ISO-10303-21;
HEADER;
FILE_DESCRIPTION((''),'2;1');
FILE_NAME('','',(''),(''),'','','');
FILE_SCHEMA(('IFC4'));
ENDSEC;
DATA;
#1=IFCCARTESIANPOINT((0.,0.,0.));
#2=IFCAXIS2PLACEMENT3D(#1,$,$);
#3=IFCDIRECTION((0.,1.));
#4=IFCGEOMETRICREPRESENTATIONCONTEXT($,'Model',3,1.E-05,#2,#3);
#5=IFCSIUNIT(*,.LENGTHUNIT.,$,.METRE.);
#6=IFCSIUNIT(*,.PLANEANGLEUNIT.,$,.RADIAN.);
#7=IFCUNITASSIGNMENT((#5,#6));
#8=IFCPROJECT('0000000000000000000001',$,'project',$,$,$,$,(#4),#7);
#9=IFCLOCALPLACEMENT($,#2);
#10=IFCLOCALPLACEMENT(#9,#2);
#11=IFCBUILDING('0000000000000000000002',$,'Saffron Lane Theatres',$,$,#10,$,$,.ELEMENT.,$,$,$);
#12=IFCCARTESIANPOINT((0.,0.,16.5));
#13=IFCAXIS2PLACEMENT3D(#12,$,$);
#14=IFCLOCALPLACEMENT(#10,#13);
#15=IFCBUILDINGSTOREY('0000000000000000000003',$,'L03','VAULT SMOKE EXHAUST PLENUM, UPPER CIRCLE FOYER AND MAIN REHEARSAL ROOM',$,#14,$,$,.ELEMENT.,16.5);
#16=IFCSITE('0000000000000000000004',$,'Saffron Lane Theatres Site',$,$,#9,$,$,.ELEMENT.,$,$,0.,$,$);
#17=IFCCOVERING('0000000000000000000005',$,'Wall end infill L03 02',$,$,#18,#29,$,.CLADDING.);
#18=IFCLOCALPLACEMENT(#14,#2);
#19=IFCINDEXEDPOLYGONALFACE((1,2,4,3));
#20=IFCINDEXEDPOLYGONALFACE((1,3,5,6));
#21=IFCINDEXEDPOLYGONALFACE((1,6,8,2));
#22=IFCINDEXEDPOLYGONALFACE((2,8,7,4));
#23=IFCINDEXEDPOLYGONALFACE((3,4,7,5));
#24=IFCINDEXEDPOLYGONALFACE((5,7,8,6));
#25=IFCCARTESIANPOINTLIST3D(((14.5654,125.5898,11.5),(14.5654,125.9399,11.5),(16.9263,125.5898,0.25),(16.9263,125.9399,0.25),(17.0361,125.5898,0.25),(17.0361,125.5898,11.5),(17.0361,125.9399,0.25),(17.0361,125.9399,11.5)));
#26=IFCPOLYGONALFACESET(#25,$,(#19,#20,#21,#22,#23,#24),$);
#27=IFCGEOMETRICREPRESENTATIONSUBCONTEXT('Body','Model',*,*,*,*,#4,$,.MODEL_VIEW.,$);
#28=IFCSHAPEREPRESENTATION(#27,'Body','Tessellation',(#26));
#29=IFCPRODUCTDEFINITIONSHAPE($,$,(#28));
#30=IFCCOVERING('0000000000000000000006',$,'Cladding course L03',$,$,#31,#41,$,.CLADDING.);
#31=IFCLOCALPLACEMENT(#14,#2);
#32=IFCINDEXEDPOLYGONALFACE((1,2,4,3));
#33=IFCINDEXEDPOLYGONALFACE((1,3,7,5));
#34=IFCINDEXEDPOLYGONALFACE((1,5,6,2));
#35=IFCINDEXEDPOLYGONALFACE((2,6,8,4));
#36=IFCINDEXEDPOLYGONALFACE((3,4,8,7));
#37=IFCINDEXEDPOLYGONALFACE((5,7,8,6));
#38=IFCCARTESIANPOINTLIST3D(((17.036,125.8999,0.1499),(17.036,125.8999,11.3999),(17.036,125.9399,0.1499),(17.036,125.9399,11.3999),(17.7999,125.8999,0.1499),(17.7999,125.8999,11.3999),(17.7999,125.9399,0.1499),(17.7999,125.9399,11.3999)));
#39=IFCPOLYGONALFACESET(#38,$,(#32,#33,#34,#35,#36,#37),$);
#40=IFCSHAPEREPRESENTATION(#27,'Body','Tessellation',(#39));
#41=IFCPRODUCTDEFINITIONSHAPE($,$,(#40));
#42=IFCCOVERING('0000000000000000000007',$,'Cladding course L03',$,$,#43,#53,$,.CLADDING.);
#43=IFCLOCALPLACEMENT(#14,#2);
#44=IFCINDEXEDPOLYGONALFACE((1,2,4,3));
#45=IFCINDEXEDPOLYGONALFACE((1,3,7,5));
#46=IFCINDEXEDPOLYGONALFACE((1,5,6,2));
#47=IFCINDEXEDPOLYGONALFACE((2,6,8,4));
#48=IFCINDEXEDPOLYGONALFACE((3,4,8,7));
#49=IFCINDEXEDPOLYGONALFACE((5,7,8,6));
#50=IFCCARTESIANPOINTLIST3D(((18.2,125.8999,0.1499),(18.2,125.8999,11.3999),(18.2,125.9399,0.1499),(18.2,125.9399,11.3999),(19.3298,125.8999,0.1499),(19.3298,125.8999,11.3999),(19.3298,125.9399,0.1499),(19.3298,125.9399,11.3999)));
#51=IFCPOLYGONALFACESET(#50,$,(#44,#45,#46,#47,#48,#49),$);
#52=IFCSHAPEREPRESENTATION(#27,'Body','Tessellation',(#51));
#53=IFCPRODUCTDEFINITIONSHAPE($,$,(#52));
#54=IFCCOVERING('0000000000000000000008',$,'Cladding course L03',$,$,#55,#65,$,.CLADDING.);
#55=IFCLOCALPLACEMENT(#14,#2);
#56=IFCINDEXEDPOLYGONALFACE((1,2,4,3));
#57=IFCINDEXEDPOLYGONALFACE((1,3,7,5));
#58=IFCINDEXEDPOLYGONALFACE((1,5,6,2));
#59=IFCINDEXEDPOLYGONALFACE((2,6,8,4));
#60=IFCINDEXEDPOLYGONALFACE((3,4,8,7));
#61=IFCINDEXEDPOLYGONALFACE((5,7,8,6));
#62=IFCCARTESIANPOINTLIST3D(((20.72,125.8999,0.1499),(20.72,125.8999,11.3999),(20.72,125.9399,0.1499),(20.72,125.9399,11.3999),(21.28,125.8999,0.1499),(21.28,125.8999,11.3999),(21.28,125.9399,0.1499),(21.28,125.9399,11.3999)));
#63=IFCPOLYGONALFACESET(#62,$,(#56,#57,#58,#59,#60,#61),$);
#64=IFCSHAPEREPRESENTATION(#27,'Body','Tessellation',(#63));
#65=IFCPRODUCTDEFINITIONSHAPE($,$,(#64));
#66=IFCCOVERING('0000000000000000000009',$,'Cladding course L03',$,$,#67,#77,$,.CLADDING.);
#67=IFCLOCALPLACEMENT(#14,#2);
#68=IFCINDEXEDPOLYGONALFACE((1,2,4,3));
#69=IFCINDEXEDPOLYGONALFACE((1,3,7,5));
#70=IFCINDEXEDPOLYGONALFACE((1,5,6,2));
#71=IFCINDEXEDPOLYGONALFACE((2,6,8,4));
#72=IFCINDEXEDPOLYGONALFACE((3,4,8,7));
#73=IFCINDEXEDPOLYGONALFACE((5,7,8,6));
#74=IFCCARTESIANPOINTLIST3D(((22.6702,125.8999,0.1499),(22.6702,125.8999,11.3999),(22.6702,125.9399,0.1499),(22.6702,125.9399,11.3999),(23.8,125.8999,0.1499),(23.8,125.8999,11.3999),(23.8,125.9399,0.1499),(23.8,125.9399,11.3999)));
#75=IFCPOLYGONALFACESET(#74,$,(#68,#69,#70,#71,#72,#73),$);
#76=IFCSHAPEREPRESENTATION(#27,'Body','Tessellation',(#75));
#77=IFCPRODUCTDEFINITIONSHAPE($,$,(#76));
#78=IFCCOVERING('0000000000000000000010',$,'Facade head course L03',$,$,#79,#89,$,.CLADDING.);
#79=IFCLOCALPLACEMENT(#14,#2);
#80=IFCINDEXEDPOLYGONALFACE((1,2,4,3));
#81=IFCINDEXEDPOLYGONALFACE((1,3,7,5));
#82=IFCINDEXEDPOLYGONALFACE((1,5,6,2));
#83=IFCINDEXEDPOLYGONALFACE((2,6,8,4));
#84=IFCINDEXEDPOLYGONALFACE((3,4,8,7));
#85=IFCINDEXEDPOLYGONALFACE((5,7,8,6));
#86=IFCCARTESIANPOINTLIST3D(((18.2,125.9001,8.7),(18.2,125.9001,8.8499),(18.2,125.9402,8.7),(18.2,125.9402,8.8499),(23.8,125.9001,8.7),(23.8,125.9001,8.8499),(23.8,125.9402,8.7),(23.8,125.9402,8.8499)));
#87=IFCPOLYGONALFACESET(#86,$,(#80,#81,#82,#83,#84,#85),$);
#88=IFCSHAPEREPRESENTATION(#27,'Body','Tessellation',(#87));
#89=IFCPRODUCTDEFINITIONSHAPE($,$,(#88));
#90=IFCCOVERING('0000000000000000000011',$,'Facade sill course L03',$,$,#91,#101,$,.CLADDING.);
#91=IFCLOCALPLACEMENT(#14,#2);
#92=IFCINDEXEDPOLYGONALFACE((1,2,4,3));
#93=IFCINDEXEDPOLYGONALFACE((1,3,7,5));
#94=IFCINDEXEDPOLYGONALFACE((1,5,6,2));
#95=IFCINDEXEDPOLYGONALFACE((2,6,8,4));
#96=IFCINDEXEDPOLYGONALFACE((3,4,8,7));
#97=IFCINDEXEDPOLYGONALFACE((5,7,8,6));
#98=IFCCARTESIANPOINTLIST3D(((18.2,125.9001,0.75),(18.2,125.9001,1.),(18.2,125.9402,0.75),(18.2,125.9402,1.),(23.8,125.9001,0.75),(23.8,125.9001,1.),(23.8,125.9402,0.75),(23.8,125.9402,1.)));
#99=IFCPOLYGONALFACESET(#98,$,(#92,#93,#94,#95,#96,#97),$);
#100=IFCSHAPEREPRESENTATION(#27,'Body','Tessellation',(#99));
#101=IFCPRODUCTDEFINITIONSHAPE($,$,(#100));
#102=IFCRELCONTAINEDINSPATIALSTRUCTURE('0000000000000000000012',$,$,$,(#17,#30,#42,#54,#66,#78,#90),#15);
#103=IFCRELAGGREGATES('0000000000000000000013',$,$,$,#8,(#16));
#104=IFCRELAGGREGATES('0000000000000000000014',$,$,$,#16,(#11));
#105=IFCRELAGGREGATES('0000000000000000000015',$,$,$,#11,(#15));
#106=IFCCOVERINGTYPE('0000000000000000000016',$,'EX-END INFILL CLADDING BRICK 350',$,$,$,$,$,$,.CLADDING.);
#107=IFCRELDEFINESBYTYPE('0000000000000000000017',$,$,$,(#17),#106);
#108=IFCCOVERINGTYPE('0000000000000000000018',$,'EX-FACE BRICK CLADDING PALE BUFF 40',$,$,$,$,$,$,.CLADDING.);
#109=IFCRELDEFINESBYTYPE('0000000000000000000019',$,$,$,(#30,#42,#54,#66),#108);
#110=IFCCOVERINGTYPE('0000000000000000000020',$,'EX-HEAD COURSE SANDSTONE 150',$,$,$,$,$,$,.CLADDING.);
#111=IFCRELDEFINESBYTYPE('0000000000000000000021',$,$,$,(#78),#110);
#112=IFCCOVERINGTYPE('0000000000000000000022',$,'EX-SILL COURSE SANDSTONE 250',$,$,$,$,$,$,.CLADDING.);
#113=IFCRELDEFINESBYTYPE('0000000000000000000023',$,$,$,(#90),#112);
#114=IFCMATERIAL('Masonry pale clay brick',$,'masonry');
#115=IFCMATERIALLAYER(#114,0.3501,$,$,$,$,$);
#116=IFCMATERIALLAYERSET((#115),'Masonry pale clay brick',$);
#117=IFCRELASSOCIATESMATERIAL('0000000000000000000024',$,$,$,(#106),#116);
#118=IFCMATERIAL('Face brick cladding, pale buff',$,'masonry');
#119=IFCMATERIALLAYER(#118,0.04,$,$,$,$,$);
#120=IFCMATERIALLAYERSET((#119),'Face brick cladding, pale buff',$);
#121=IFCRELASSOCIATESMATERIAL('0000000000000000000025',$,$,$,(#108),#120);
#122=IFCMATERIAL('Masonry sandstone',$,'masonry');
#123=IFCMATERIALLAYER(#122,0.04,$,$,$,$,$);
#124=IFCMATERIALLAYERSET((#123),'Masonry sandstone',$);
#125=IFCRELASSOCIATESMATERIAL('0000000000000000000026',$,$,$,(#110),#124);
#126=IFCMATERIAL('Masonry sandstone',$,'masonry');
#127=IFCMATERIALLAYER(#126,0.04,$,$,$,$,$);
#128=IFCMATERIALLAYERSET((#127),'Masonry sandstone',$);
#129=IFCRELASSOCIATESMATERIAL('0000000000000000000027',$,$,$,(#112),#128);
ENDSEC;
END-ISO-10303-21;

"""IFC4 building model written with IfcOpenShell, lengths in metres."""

from ifc_helpers import new_model, si_unit, direction, frame, origin, origin_2d, place, context, subcontext, project, spatial, polyline, rectangle, outline, extrude, material, layer, layer_set, type_object, element, save


model = new_model("IFC4")

# Units and contexts
model_context = context("Model", 3, precision=1e-05, world=origin(), true_north=direction((0.0, 1.0)))
body_context = subcontext(model_context, "Body", "Model", "MODEL_VIEW")
ifc_project = project(units=[si_unit("LENGTHUNIT", "METRE"), si_unit("PLANEANGLEUNIT", "RADIAN")], contexts=[model_context])

# Site, building, storey
site_placement = place(None, origin())
site = spatial("IfcSite", under=ifc_project, at=site_placement, Name="Saffron Lane Theatres Site", CompositionType="ELEMENT", RefElevation=0.0)
building_placement = place(site_placement, origin())
building = spatial("IfcBuilding", under=site, at=building_placement, Name="Saffron Lane Theatres", CompositionType="ELEMENT")
storey_placement = place(building_placement, frame((0.0, 0.0, 16.5)))
storey = spatial("IfcBuildingStorey", under=building, at=storey_placement, Name="L03", Description="VAULT SMOKE EXHAUST PLENUM, UPPER CIRCLE FOYER AND MAIN REHEARSAL ROOM", CompositionType="ELEMENT", Elevation=16.5)

# Coverings
ifc_material_1 = material(Name="Masonry pale clay brick", Category="masonry")
ifc_layer_1 = layer(ifc_material_1, 0.3501)
ifc_layer_set_1 = layer_set([ifc_layer_1], Name="Masonry pale clay brick")
covering_type_1 = type_object("IfcCoveringType", Name="EX-END INFILL CLADDING BRICK 350", PredefinedType="CLADDING", material=ifc_layer_set_1)
covering_1_placement = place(storey_placement, frame((17.0361, 125.9399, 11.5), z_axis=(0.0, 1.0, 0.0), x_axis=(0.0, 0.0, -1.0)))
element("IfcCovering", 1, at=covering_1_placement, inside=storey, type_object=covering_type_1, Name="Wall end infill L03 02", PredefinedType="CLADDING", context=body_context, shape_type="SweptSolid", body=[
    extrude(outline(polyline([(0.0, 0.0), (11.25, 0.0), (11.25, 0.1099), (0.0, 2.4707), (0.0, 0.0)])), origin(), (0.0, 0.0, -1.0), 0.3501),
])
ifc_material_2 = material(Name="Face brick cladding, pale buff", Category="masonry")
ifc_layer_2 = layer(ifc_material_2, 0.04)
ifc_layer_set_2 = layer_set([ifc_layer_2], Name="Face brick cladding, pale buff")
covering_type_2 = type_object("IfcCoveringType", Name="EX-FACE BRICK CLADDING PALE BUFF 40", PredefinedType="CLADDING", material=ifc_layer_set_2)
covering_2_placement = place(storey_placement, frame((17.418, 125.9199, 0.1499), z_axis=(0.0, 0.0, 1.0), x_axis=(1.0, 0.0, 0.0)))
element("IfcCovering", 2, at=covering_2_placement, inside=storey, type_object=covering_type_2, Name="Cladding course L03", PredefinedType="CLADDING", context=body_context, shape_type="SweptSolid", body=[
    extrude(rectangle(XDim=0.7639, YDim=0.04, at=origin_2d()), origin(), (0.0, 0.0, 1.0), 11.25),
])
covering_3_placement = place(storey_placement, frame((18.7649, 125.9199, 0.1499), z_axis=(0.0, 0.0, 1.0), x_axis=(1.0, 0.0, 0.0)))
element("IfcCovering", 3, at=covering_3_placement, inside=storey, type_object=covering_type_2, Name="Cladding course L03", PredefinedType="CLADDING", context=body_context, shape_type="SweptSolid", body=[
    extrude(rectangle(XDim=1.1299, YDim=0.04, at=origin_2d()), origin(), (0.0, 0.0, 1.0), 11.25),
])
covering_4_placement = place(storey_placement, frame((21.0, 125.9199, 0.1499), z_axis=(0.0, 0.0, 1.0), x_axis=(1.0, 0.0, 0.0)))
element("IfcCovering", 4, at=covering_4_placement, inside=storey, type_object=covering_type_2, Name="Cladding course L03", PredefinedType="CLADDING", context=body_context, shape_type="SweptSolid", body=[
    extrude(rectangle(XDim=0.5601, YDim=0.04, at=origin_2d()), origin(), (0.0, 0.0, 1.0), 11.25),
])
covering_5_placement = place(storey_placement, frame((23.2351, 125.9199, 0.1499), z_axis=(0.0, 0.0, 1.0), x_axis=(1.0, 0.0, 0.0)))
element("IfcCovering", 5, at=covering_5_placement, inside=storey, type_object=covering_type_2, Name="Cladding course L03", PredefinedType="CLADDING", context=body_context, shape_type="SweptSolid", body=[
    extrude(rectangle(XDim=1.1299, YDim=0.04, at=origin_2d()), origin(), (0.0, 0.0, 1.0), 11.25),
])
ifc_material_3 = material(Name="Masonry sandstone", Category="masonry")
ifc_layer_3 = layer(ifc_material_3, 0.04)
ifc_layer_set_3 = layer_set([ifc_layer_3], Name="Masonry sandstone")
covering_type_3 = type_object("IfcCoveringType", Name="EX-HEAD COURSE SANDSTONE 150", PredefinedType="CLADDING", material=ifc_layer_set_3)
covering_6_placement = place(storey_placement, frame((21.0, 125.9202, 8.7), z_axis=(0.0, 0.0, 1.0), x_axis=(1.0, 0.0, 0.0)))
element("IfcCovering", 6, at=covering_6_placement, inside=storey, type_object=covering_type_3, Name="Facade head course L03", PredefinedType="CLADDING", context=body_context, shape_type="SweptSolid", body=[
    extrude(rectangle(XDim=5.6001, YDim=0.04, at=origin_2d()), origin(), (0.0, 0.0, 1.0), 0.1499),
])
ifc_material_4 = material(Name="Masonry sandstone", Category="masonry")
ifc_layer_4 = layer(ifc_material_4, 0.04)
ifc_layer_set_4 = layer_set([ifc_layer_4], Name="Masonry sandstone")
covering_type_4 = type_object("IfcCoveringType", Name="EX-SILL COURSE SANDSTONE 250", PredefinedType="CLADDING", material=ifc_layer_set_4)
covering_7_placement = place(storey_placement, frame((21.0, 125.9202, 0.75), z_axis=(0.0, 0.0, 1.0), x_axis=(1.0, 0.0, 0.0)))
element("IfcCovering", 7, at=covering_7_placement, inside=storey, type_object=covering_type_4, Name="Facade sill course L03", PredefinedType="CLADDING", context=body_context, shape_type="SweptSolid", body=[
    extrude(rectangle(XDim=5.6001, YDim=0.04, at=origin_2d()), origin(), (0.0, 0.0, 1.0), 0.25),
])

save(model, "model.ifc")
